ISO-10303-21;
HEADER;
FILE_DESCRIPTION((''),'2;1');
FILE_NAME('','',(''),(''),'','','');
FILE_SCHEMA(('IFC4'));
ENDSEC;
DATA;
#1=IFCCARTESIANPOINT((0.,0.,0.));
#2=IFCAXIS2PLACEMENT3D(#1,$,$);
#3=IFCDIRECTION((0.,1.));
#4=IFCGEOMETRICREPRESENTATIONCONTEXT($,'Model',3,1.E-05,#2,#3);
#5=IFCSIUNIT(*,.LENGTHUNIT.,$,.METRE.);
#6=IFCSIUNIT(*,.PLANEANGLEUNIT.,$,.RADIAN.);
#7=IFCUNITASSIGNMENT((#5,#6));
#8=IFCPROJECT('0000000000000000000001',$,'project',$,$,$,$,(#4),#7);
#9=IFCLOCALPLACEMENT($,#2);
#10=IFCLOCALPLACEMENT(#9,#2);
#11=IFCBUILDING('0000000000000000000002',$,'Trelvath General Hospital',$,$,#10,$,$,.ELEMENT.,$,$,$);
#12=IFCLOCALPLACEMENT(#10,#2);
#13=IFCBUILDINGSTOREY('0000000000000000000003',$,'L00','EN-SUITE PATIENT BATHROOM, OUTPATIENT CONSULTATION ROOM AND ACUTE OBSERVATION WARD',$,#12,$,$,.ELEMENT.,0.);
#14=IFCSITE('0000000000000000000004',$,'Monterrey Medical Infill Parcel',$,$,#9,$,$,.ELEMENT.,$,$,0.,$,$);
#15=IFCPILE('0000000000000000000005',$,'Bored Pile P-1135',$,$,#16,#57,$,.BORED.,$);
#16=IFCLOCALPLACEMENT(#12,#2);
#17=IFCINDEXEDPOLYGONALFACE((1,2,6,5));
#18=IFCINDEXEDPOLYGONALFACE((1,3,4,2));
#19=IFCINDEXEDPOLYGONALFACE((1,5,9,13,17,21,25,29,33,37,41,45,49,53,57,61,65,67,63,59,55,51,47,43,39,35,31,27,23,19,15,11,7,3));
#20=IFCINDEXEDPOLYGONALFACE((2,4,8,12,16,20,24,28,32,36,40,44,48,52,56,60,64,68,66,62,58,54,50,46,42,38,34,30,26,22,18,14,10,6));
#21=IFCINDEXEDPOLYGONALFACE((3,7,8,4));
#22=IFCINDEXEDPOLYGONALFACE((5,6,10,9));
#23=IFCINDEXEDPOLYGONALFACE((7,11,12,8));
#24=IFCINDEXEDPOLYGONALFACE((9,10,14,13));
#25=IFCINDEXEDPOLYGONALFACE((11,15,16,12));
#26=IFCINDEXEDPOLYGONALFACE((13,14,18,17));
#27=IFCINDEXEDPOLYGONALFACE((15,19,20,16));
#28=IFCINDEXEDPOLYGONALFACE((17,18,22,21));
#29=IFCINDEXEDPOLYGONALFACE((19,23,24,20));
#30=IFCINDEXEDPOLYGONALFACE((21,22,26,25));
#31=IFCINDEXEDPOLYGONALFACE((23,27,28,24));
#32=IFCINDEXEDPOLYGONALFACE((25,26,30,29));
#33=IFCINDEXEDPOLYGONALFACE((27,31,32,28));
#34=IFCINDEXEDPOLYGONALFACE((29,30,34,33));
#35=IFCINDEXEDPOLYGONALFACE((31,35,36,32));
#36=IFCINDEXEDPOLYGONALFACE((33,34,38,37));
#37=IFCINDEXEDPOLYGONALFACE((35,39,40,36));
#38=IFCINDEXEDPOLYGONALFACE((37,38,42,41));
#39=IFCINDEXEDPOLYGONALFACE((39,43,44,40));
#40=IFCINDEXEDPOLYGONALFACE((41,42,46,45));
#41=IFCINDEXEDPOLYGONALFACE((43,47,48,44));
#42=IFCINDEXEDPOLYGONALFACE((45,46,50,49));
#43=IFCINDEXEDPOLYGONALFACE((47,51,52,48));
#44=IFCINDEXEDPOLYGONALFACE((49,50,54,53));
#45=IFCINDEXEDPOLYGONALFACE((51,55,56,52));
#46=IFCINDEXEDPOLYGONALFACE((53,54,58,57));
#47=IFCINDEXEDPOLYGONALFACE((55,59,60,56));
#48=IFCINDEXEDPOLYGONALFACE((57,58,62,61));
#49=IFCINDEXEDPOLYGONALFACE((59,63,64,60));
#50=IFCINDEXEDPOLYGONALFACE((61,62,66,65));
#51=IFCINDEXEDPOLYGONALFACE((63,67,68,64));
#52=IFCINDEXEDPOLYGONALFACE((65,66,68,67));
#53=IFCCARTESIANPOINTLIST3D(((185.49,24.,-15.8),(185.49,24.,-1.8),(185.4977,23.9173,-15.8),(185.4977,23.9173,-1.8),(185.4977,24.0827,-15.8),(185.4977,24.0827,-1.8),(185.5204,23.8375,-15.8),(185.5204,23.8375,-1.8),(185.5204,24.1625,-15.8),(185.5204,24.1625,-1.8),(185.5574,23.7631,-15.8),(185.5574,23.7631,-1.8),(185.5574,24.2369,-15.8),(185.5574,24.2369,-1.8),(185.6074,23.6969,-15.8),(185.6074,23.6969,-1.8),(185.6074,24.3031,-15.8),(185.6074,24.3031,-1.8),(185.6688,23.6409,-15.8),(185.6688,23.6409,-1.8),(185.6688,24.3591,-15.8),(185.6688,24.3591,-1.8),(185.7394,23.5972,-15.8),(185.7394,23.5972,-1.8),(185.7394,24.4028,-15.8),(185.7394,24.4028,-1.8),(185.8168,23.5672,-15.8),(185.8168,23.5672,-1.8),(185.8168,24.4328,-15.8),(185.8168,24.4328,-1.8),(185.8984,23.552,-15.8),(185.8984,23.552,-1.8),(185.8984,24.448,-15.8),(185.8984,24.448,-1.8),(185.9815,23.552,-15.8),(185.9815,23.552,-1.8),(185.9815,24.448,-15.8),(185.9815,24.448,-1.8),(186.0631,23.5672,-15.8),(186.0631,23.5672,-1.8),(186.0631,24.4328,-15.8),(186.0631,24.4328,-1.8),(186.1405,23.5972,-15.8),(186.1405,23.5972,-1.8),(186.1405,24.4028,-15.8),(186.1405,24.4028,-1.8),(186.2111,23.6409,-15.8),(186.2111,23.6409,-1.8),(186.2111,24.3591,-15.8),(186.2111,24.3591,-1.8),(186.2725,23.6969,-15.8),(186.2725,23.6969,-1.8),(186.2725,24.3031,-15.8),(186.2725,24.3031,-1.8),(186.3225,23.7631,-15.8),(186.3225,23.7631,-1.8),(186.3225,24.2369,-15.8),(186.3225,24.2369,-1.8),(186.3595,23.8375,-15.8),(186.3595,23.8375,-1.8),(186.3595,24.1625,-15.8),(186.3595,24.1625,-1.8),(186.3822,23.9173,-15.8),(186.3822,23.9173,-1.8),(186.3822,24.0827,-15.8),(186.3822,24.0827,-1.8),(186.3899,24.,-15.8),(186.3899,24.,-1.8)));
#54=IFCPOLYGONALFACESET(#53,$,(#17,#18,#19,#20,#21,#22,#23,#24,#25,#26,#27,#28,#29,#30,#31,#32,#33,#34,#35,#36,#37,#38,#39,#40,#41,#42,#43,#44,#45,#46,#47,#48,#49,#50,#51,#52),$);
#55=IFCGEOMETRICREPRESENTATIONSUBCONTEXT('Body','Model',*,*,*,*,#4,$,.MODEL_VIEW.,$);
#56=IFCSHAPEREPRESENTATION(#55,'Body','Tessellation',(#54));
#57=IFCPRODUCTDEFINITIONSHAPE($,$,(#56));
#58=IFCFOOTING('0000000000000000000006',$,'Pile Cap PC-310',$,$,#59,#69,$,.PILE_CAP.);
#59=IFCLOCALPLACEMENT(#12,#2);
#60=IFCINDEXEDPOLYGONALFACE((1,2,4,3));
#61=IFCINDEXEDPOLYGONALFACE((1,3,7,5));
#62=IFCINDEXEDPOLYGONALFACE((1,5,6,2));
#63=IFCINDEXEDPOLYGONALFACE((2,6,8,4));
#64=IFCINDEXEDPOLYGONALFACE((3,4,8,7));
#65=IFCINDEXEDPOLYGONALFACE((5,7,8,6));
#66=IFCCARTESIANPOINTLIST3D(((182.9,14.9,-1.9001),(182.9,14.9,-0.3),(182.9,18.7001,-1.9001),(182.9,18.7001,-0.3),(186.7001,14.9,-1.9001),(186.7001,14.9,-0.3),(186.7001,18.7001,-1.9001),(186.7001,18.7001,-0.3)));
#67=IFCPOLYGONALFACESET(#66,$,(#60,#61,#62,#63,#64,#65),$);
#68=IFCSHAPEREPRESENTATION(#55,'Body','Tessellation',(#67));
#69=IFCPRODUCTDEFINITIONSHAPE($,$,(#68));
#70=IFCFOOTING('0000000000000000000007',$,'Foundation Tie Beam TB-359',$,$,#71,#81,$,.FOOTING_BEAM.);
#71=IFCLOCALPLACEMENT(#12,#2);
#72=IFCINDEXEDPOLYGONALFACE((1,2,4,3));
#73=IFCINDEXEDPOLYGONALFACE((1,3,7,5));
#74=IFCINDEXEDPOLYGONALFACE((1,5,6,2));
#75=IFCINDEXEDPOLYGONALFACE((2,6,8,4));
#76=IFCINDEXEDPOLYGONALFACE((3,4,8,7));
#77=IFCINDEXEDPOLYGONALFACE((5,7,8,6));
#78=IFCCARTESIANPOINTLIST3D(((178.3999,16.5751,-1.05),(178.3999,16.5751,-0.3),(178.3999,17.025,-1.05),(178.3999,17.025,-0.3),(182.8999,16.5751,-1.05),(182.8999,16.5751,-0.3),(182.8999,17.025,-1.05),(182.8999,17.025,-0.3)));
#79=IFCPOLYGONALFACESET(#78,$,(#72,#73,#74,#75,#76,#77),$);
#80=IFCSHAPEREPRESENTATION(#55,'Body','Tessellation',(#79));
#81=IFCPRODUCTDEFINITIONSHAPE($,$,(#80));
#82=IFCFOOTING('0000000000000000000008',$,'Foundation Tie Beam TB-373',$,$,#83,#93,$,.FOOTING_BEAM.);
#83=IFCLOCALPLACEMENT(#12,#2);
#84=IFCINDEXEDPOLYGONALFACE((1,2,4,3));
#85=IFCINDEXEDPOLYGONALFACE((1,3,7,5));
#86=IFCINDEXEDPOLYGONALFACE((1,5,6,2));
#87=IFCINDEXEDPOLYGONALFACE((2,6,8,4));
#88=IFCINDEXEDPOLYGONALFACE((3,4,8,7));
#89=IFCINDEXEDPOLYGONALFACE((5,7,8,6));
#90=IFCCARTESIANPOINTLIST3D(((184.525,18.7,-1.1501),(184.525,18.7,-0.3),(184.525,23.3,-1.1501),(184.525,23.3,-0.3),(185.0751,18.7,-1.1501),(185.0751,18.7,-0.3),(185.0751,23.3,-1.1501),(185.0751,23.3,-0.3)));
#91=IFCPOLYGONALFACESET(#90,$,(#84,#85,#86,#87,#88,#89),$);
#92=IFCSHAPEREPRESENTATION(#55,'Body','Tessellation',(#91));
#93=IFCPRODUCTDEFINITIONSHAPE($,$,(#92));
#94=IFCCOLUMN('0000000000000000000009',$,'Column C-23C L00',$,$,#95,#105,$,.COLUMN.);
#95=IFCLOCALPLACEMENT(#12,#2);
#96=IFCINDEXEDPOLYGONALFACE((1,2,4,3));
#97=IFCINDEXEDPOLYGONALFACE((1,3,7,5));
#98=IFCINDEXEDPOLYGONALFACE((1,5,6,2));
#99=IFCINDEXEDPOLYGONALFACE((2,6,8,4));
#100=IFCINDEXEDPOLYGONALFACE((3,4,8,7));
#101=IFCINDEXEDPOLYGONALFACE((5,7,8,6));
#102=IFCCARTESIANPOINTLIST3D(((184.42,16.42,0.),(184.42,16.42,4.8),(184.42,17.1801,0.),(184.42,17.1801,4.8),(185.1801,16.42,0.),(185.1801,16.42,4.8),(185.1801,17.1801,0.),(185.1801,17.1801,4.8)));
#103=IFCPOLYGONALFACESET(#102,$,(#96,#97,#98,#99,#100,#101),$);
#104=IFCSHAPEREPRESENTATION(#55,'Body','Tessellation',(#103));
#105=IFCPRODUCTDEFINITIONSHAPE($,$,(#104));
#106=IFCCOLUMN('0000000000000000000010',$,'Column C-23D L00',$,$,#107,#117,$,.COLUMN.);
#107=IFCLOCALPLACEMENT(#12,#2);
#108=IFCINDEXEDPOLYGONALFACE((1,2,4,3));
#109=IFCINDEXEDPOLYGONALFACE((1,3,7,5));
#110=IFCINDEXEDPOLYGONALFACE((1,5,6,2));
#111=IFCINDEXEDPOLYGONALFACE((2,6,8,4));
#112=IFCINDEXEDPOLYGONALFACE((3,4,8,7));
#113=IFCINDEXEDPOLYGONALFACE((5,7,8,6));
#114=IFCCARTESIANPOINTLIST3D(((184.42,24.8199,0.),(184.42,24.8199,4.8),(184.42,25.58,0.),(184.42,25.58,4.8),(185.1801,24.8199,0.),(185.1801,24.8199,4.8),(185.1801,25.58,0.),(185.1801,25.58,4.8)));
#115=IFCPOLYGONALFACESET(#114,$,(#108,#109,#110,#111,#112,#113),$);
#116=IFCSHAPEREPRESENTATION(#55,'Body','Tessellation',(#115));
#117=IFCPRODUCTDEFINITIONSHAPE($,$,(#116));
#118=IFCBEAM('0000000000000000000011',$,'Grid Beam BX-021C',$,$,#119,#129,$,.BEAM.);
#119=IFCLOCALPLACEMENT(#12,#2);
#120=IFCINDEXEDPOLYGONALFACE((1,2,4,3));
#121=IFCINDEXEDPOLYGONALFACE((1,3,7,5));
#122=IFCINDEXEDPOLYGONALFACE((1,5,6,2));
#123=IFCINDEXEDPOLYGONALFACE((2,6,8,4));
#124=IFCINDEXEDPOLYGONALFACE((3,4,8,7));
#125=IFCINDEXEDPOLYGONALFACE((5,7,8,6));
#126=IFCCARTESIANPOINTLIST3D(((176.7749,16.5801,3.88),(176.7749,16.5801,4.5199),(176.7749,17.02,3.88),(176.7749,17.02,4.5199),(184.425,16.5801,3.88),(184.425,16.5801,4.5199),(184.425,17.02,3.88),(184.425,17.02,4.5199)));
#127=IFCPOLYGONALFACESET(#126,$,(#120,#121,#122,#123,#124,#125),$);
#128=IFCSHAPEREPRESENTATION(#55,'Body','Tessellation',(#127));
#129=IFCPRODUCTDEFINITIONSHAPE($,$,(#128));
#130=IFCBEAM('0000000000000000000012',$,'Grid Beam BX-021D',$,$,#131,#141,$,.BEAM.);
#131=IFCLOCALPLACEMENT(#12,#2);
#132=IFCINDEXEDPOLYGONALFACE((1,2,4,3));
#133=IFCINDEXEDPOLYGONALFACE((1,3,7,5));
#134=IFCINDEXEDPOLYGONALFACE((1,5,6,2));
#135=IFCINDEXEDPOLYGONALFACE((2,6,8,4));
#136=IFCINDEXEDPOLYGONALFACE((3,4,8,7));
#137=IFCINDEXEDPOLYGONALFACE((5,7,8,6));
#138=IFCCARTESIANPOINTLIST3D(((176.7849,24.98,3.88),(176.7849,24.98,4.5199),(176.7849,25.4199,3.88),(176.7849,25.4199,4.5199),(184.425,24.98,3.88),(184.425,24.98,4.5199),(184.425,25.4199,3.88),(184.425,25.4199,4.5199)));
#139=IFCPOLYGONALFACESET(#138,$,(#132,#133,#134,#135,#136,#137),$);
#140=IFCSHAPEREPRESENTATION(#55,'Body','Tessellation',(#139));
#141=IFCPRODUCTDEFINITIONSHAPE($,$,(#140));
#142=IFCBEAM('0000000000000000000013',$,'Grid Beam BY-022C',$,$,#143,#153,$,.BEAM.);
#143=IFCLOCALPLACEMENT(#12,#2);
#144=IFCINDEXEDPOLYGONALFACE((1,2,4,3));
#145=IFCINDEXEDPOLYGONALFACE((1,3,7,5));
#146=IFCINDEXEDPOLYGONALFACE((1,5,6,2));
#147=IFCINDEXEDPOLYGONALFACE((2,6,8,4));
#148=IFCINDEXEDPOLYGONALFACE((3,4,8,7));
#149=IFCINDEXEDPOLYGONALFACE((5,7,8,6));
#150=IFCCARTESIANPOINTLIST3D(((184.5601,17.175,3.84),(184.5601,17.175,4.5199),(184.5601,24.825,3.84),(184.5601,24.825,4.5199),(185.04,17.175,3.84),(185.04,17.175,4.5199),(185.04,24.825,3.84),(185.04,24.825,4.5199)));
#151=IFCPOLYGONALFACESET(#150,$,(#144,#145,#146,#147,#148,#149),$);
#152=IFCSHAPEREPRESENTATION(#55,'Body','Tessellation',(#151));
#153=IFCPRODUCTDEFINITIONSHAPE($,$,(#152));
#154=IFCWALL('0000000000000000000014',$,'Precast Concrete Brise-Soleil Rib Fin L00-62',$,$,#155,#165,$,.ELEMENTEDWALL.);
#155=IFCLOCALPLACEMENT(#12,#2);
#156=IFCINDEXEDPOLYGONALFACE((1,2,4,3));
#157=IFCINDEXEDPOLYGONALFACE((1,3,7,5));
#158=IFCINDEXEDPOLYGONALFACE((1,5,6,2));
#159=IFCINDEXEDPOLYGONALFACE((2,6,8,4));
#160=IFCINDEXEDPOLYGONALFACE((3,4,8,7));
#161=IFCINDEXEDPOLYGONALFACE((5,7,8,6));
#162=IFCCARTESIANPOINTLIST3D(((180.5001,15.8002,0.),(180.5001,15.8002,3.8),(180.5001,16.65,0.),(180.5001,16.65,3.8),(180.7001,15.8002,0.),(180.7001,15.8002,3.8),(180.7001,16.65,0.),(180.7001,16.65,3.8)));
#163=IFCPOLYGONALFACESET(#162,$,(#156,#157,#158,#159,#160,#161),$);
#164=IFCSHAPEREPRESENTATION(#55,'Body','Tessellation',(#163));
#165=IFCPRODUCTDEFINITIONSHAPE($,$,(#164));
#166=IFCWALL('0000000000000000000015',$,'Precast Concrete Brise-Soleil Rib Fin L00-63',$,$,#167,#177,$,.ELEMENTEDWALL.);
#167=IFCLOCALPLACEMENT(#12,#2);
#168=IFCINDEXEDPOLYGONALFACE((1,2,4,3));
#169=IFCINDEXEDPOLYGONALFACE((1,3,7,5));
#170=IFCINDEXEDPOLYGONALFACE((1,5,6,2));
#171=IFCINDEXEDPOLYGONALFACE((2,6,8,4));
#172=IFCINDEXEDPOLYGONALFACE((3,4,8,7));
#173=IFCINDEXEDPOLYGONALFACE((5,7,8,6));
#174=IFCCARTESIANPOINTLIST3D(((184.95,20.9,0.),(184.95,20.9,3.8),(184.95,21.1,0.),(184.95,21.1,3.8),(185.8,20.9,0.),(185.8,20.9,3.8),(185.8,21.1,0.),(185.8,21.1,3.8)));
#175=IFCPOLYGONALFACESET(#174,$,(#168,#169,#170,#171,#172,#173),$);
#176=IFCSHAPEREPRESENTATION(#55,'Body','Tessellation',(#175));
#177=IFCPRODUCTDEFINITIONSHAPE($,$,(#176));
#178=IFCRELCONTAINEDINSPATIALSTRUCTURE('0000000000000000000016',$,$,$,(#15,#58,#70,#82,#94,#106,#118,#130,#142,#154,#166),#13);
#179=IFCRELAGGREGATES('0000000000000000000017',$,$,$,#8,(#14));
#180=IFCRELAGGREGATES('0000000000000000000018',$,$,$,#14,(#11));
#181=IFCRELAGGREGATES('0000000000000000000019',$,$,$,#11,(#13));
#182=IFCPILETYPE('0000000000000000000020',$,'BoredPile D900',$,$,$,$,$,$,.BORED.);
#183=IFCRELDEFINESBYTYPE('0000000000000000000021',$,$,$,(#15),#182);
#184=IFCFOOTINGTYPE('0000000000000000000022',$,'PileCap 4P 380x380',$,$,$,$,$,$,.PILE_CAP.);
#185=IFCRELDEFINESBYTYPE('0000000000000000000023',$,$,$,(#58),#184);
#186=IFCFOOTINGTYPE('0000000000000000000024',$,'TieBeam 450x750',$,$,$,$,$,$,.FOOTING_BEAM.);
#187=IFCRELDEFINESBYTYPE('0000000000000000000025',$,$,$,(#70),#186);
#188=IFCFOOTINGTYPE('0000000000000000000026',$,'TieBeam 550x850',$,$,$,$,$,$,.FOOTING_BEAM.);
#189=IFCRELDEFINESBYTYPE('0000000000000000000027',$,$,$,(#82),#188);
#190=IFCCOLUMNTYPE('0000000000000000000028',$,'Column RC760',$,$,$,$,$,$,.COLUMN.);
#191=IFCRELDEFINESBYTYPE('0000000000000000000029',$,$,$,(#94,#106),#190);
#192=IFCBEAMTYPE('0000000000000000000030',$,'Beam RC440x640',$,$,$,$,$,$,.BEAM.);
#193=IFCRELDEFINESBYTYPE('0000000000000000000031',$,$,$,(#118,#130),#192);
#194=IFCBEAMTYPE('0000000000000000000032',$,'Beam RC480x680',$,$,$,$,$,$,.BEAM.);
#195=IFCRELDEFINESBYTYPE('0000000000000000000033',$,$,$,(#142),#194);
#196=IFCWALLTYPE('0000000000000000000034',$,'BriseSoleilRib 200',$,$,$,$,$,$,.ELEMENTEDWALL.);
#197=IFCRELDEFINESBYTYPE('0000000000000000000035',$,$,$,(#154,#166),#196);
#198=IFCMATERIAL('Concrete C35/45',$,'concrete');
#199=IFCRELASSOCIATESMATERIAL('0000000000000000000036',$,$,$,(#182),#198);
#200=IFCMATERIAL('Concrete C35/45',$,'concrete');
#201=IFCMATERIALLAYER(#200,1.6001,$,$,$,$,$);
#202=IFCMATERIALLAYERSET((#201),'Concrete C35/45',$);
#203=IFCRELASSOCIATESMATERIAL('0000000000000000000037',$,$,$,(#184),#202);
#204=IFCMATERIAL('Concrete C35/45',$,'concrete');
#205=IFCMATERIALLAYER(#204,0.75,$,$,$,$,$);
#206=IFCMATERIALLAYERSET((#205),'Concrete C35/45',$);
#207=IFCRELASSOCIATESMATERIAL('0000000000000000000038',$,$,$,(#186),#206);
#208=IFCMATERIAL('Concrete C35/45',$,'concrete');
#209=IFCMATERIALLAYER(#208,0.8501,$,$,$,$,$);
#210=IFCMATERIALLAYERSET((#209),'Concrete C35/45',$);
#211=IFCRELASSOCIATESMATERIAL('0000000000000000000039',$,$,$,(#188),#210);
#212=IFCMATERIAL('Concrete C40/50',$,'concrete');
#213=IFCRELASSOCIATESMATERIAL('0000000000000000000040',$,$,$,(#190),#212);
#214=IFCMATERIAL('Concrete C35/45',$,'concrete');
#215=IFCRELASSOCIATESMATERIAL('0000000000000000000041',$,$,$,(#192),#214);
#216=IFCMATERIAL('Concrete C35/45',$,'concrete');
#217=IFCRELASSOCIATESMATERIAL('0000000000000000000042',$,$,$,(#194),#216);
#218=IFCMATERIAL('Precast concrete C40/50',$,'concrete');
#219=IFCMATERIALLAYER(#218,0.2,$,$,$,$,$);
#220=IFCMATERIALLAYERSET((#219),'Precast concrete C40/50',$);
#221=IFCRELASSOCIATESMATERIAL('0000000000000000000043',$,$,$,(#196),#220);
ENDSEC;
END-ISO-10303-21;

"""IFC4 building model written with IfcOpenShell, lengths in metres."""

from ifc_helpers import new_model, si_unit, direction, frame, frame_2d, origin, origin_2d, place, context, subcontext, project, spatial, rectangle, circle, extrude, material, layer, layer_set, material_profile, profile_set, type_object, element, save


model = new_model("IFC4")

# Units and contexts
model_context = context("Model", 3, precision=1e-05, world=origin(), true_north=direction((0.0, 1.0)))
body_context = subcontext(model_context, "Body", "Model", "MODEL_VIEW")
ifc_project = project(units=[si_unit("LENGTHUNIT", "METRE"), si_unit("PLANEANGLEUNIT", "RADIAN")], contexts=[model_context])

# Site, building, storey
site_placement = place(None, origin())
site = spatial("IfcSite", under=ifc_project, at=site_placement, Name="Monterrey Medical Infill Parcel", CompositionType="ELEMENT", RefElevation=0.0)
building_placement = place(site_placement, origin())
building = spatial("IfcBuilding", under=site, at=building_placement, Name="Trelvath General Hospital", CompositionType="ELEMENT")
storey_placement = place(building_placement, origin())
storey = spatial("IfcBuildingStorey", under=building, at=storey_placement, Name="L00", Description="EN-SUITE PATIENT BATHROOM, OUTPATIENT CONSULTATION ROOM AND ACUTE OBSERVATION WARD", CompositionType="ELEMENT", Elevation=0.0)

# Pile
ifc_material_1 = material(Name="Concrete C35/45", Category="concrete")
ifc_material_profile_1 = material_profile(ifc_material_1, circle(Radius=0.45, at=origin_2d()), Name="PILE900")
ifc_profile_set_1 = profile_set([ifc_material_profile_1], Name="Concrete C35/45")
pile_type_1 = type_object("IfcPileType", Name="BoredPile D900", PredefinedType="BORED", material=ifc_profile_set_1)
for number, where, z_axis, x_axis, name in (
    (1, (185.9399, 24.0, -1.8), (0.0, 0.0, -1.0), (1.0, 0.0, 0.0), "Bored Pile P-1135"),
):
    element("IfcPile", number, at=place(storey_placement, frame(where, z_axis=z_axis, x_axis=x_axis)), inside=storey, type_object=pile_type_1, Name=name, PredefinedType="BORED", context=body_context, shape_type="SweptSolid", body=[
        extrude(circle(Radius=0.45, at=origin_2d()), origin(), (0.0, 0.0, 1.0), 14.0),
    ])

# Footings
ifc_material_2 = material(Name="Concrete C35/45", Category="concrete")
ifc_layer_1 = layer(ifc_material_2, 1.6001)
ifc_layer_set_1 = layer_set([ifc_layer_1], Name="Concrete C35/45")
footing_type_1 = type_object("IfcFootingType", Name="PileCap 4P 380x380", PredefinedType="PILE_CAP", material=ifc_layer_set_1)
footing_1_placement = place(storey_placement, frame((184.8, 16.8, -1.9001), z_axis=(0.0, 0.0, 1.0), x_axis=(1.0, 0.0, 0.0)))
element("IfcFooting", 2, at=footing_1_placement, inside=storey, type_object=footing_type_1, Name="Pile Cap PC-310", PredefinedType="PILE_CAP", context=body_context, shape_type="SweptSolid", body=[
    extrude(rectangle(XDim=3.8, YDim=3.8, at=origin_2d()), origin(), (0.0, 0.0, 1.0), 1.6001),
])
ifc_material_3 = material(Name="Concrete C35/45", Category="concrete")
ifc_layer_2 = layer(ifc_material_3, 0.75)
ifc_layer_set_2 = layer_set([ifc_layer_2], Name="Concrete C35/45")
footing_type_2 = type_object("IfcFootingType", Name="TieBeam 450x750", PredefinedType="FOOTING_BEAM", material=ifc_layer_set_2)
footing_2_placement = place(storey_placement, frame((180.6499, 16.8, -1.05), z_axis=(0.0, 0.0, 1.0), x_axis=(1.0, 0.0, 0.0)))
element("IfcFooting", 3, at=footing_2_placement, inside=storey, type_object=footing_type_2, Name="Foundation Tie Beam TB-359", PredefinedType="FOOTING_BEAM", context=body_context, shape_type="SweptSolid", body=[
    extrude(rectangle(XDim=4.5, YDim=0.45, at=origin_2d()), origin(), (0.0, 0.0, 1.0), 0.75),
])
ifc_material_4 = material(Name="Concrete C35/45", Category="concrete")
ifc_layer_3 = layer(ifc_material_4, 0.8501)
ifc_layer_set_3 = layer_set([ifc_layer_3], Name="Concrete C35/45")
footing_type_3 = type_object("IfcFootingType", Name="TieBeam 550x850", PredefinedType="FOOTING_BEAM", material=ifc_layer_set_3)
footing_3_placement = place(storey_placement, frame((184.8, 21.0, -1.1501), z_axis=(0.0, 0.0, 1.0), x_axis=(1.0, 0.0, 0.0)))
element("IfcFooting", 4, at=footing_3_placement, inside=storey, type_object=footing_type_3, Name="Foundation Tie Beam TB-373", PredefinedType="FOOTING_BEAM", context=body_context, shape_type="SweptSolid", body=[
    extrude(rectangle(XDim=0.55, YDim=4.6001, at=origin_2d()), origin(), (0.0, 0.0, 1.0), 0.8501),
])

# Columns
ifc_material_5 = material(Name="Concrete C40/50", Category="concrete")
ifc_material_profile_2 = material_profile(ifc_material_5, rectangle(XDim=0.76, YDim=0.76, at=origin_2d()), Name="RC760x760")
ifc_profile_set_2 = profile_set([ifc_material_profile_2], Name="Concrete C40/50")
column_type = type_object("IfcColumnType", Name="Column RC760", PredefinedType="COLUMN", material=ifc_profile_set_2)
for number, where, z_axis, x_axis, name in (
    (5, (184.8, 16.8, 0.0), (0.0, 0.0, 1.0), (1.0, 0.0, 0.0), "Column C-23C L00"),
    (6, (184.8, 25.2, 0.0), (0.0, 0.0, 1.0), (1.0, 0.0, 0.0), "Column C-23D L00"),
):
    element("IfcColumn", number, at=place(storey_placement, frame(where, z_axis=z_axis, x_axis=x_axis)), inside=storey, type_object=column_type, Name=name, PredefinedType="COLUMN", context=body_context, shape_type="SweptSolid", body=[
        extrude(rectangle(XDim=0.76, YDim=0.76, at=origin_2d()), origin(), (0.0, 0.0, 1.0), 4.8),
    ])

# Beams
ifc_material_6 = material(Name="Concrete C35/45", Category="concrete")
ifc_material_profile_3 = material_profile(ifc_material_6, rectangle(XDim=0.4399, YDim=0.6399, at=origin_2d()), Name="RCB440x640")
ifc_profile_set_3 = profile_set([ifc_material_profile_3], Name="Concrete C35/45")
beam_type_1 = type_object("IfcBeamType", Name="Beam RC440x640", PredefinedType="BEAM", material=ifc_profile_set_3)
beam_1_placement = place(storey_placement, frame((176.7749, 16.8, 4.2), z_axis=(1.0, 0.0, 0.0), x_axis=(0.0, 1.0, 0.0)))
element("IfcBeam", 7, at=beam_1_placement, inside=storey, type_object=beam_type_1, Name="Grid Beam BX-021C", PredefinedType="BEAM", context=body_context, shape_type="SweptSolid", body=[
    extrude(rectangle(XDim=0.4399, YDim=0.6399, at=origin_2d()), origin(), (0.0, 0.0, 1.0), 7.6501),
])
beam_2_placement = place(storey_placement, frame((176.7849, 25.2, 4.2), z_axis=(1.0, 0.0, 0.0), x_axis=(0.0, 1.0, 0.0)))
element("IfcBeam", 8, at=beam_2_placement, inside=storey, type_object=beam_type_1, Name="Grid Beam BX-021D", PredefinedType="BEAM", context=body_context, shape_type="SweptSolid", body=[
    extrude(rectangle(XDim=0.4399, YDim=0.6399, at=origin_2d()), origin(), (0.0, 0.0, 1.0), 7.6401),
])
ifc_material_7 = material(Name="Concrete C35/45", Category="concrete")
ifc_material_profile_4 = material_profile(ifc_material_7, rectangle(XDim=0.48, YDim=0.6799, at=origin_2d()), Name="RCB480x680")
ifc_profile_set_4 = profile_set([ifc_material_profile_4], Name="Concrete C35/45")
beam_type_2 = type_object("IfcBeamType", Name="Beam RC480x680", PredefinedType="BEAM", material=ifc_profile_set_4)
beam_3_placement = place(storey_placement, frame((184.8, 17.175, 4.1799), z_axis=(0.0, 1.0, 0.0), x_axis=(-1.0, 0.0, 0.0)))
element("IfcBeam", 9, at=beam_3_placement, inside=storey, type_object=beam_type_2, Name="Grid Beam BY-022C", PredefinedType="BEAM", context=body_context, shape_type="SweptSolid", body=[
    extrude(rectangle(XDim=0.48, YDim=0.6799, at=origin_2d()), origin(), (0.0, 0.0, 1.0), 7.6499),
])

# Walls
ifc_material_8 = material(Name="Precast concrete C40/50", Category="concrete")
ifc_layer_4 = layer(ifc_material_8, 0.2)
ifc_layer_set_4 = layer_set([ifc_layer_4], Name="Precast concrete C40/50")
wall_type_1 = type_object("IfcWallType", Name="BriseSoleilRib 200", PredefinedType="ELEMENTEDWALL", material=ifc_layer_set_4)
wall_1_placement = place(storey_placement, frame((180.6001, 16.6499, 0.0), z_axis=(0.0, 0.0, 1.0), x_axis=(0.0, -1.0, 0.0)))
element("IfcWall", 10, at=wall_1_placement, inside=storey, type_object=wall_type_1, Name="Precast Concrete Brise-Soleil Rib Fin L00-62", PredefinedType="ELEMENTEDWALL", context=body_context, shape_type="SweptSolid", body=[
    extrude(rectangle(XDim=0.8499, YDim=0.2, at=frame_2d((0.4248, 0.0))), origin(), (0.0, 0.0, 1.0), 3.8),
])
wall_2_placement = place(storey_placement, frame((184.95, 21.0, 0.0), z_axis=(0.0, 0.0, 1.0), x_axis=(1.0, 0.0, 0.0)))
element("IfcWall", 11, at=wall_2_placement, inside=storey, type_object=wall_type_1, Name="Precast Concrete Brise-Soleil Rib Fin L00-63", PredefinedType="ELEMENTEDWALL", context=body_context, shape_type="SweptSolid", body=[
    extrude(rectangle(XDim=0.8501, YDim=0.2, at=frame_2d((0.425, 0.0))), origin(), (0.0, 0.0, 1.0), 3.8),
])

save(model, "model.ifc")
